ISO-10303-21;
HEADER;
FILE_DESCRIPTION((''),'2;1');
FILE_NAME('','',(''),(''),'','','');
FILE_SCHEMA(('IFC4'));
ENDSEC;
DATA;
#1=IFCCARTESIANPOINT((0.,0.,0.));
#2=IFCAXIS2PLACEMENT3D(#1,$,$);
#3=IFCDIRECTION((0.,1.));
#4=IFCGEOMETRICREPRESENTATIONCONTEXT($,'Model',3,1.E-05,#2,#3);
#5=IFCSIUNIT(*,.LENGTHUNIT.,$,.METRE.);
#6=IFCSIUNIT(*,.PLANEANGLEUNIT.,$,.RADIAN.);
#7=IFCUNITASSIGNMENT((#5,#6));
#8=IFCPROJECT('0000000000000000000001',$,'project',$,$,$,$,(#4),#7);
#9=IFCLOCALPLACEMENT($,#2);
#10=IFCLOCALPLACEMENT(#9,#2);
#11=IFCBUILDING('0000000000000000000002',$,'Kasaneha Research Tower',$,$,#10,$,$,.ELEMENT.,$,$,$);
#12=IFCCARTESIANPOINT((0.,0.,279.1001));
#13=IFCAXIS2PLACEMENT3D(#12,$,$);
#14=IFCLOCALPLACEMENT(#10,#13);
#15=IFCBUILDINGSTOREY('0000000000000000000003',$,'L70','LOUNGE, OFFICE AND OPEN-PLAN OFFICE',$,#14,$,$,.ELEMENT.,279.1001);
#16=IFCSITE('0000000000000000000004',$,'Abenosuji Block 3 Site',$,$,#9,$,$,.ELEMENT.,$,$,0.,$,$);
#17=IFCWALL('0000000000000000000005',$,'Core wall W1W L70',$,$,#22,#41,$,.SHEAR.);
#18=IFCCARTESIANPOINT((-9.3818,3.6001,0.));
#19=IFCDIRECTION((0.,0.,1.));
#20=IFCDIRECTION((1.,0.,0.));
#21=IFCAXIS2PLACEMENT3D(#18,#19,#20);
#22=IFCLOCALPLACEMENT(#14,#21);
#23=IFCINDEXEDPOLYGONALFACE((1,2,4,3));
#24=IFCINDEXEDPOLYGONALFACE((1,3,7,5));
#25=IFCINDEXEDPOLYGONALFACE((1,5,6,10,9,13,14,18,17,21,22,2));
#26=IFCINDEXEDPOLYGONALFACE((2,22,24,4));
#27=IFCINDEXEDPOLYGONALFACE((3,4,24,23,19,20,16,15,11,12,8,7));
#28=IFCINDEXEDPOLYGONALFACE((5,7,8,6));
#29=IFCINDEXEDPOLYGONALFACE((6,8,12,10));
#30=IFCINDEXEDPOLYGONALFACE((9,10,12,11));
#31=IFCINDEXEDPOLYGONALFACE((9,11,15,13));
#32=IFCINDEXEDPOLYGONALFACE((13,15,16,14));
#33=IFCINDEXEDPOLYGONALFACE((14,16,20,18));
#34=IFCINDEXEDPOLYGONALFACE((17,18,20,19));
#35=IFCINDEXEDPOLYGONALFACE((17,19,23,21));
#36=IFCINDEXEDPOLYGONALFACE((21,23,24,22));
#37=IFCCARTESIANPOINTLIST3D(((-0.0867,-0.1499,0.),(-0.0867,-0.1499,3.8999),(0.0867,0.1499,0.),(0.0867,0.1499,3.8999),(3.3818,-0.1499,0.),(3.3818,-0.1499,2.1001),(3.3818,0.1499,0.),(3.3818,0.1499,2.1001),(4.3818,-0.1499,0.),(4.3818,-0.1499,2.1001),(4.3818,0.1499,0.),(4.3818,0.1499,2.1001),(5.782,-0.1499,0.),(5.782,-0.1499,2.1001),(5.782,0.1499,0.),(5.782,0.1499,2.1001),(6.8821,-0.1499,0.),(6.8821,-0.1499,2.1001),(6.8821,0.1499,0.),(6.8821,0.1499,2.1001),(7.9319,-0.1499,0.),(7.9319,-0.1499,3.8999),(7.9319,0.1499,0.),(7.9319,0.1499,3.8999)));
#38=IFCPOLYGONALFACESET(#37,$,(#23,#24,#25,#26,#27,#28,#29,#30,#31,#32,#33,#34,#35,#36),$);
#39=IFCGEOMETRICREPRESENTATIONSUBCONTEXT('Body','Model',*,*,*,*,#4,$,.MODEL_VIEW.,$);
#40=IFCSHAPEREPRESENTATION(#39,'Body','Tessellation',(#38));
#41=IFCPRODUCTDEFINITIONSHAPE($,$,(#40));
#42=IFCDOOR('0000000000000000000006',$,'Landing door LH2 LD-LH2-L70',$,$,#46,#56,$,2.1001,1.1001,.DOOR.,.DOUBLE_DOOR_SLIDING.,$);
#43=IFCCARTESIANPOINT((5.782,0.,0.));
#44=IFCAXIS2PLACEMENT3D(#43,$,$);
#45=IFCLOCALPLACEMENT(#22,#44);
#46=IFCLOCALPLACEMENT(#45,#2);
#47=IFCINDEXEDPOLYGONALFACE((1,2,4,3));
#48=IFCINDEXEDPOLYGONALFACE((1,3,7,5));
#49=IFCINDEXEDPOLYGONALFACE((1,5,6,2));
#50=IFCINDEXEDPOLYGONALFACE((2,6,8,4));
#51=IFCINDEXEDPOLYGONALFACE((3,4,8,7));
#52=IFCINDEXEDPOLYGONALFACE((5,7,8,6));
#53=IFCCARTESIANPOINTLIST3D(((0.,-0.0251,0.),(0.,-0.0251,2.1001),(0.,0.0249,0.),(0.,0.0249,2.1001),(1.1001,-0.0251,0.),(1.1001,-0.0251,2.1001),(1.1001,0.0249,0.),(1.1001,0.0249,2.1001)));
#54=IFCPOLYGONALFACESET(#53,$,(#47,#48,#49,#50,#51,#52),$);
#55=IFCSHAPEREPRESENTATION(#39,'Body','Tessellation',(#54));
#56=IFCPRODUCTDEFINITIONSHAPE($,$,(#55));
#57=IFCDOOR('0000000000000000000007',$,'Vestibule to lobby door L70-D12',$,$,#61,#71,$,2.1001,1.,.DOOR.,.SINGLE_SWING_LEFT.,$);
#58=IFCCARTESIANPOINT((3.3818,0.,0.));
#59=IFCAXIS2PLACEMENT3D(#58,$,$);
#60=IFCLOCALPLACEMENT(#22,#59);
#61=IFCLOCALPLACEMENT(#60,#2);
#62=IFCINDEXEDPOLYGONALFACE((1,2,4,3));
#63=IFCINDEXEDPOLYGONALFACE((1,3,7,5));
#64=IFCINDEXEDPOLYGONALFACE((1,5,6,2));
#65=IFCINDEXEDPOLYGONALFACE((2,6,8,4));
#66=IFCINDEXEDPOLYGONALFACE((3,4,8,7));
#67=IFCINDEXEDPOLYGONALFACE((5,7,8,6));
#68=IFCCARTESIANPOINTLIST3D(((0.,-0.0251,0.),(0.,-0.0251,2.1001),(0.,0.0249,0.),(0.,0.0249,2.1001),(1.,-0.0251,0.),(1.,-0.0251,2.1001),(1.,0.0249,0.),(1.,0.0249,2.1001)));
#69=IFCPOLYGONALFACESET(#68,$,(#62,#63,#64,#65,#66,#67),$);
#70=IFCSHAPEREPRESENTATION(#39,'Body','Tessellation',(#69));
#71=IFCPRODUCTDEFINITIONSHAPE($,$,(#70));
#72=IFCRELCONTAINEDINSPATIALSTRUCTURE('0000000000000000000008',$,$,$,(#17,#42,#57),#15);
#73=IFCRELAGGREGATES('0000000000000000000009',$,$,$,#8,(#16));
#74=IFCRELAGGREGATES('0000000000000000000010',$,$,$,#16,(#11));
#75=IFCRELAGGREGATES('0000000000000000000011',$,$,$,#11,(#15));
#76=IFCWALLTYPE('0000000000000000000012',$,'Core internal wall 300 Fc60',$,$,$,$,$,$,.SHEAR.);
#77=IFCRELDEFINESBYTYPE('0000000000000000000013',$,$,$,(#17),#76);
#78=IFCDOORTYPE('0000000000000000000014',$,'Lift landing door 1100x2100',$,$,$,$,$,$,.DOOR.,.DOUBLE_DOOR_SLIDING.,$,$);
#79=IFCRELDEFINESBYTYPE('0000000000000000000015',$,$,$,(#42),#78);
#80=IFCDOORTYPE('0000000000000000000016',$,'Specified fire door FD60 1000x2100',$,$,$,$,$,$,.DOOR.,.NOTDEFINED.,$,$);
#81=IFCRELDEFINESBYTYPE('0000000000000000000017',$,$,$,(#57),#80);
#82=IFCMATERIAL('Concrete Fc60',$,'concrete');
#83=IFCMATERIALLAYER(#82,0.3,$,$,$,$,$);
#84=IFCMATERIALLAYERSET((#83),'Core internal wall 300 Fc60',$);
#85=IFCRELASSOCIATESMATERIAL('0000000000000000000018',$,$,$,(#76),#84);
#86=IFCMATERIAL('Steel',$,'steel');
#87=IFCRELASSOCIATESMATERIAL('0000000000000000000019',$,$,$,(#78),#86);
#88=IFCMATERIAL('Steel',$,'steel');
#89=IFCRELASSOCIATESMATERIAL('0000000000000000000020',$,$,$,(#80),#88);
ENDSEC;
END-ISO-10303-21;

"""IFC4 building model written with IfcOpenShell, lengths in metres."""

from ifc_helpers import new_model, si_unit, direction, frame, frame_2d, origin, place, context, subcontext, project, spatial, polyline, rectangle, outline, extrude, material, layer, layer_set, type_object, element, fill, save


model = new_model("IFC4")

# Units and contexts
model_context = context("Model", 3, precision=1e-05, world=origin(), true_north=direction((0.0, 1.0)))
body_context = subcontext(model_context, "Body", "Model", "MODEL_VIEW")
ifc_project = project(units=[si_unit("LENGTHUNIT", "METRE"), si_unit("PLANEANGLEUNIT", "RADIAN")], contexts=[model_context])

# Site, building, storey
site_placement = place(None, origin())
site = spatial("IfcSite", under=ifc_project, at=site_placement, Name="Abenosuji Block 3 Site", CompositionType="ELEMENT", RefElevation=0.0)
building_placement = place(site_placement, origin())
building = spatial("IfcBuilding", under=site, at=building_placement, Name="Kasaneha Research Tower", CompositionType="ELEMENT")
storey_placement = place(building_placement, frame((0.0, 0.0, 279.1001)))
storey = spatial("IfcBuildingStorey", under=building, at=storey_placement, Name="L70", Description="LOUNGE, OFFICE AND OPEN-PLAN OFFICE", CompositionType="ELEMENT", Elevation=279.1001)

# Wall, openings, doors
ifc_material_1 = material(Name="Concrete Fc60", Category="concrete")
ifc_layer_1 = layer(ifc_material_1, 0.3)
ifc_layer_set_1 = layer_set([ifc_layer_1], Name="Core internal wall 300 Fc60")
wall_type_1 = type_object("IfcWallType", Name="Core internal wall 300 Fc60", PredefinedType="SHEAR", material=ifc_layer_set_1)
wall_1_placement = place(storey_placement, frame((-9.3818, 3.6001, 0.0), z_axis=(0.0, 0.0, 1.0), x_axis=(1.0, 0.0, 0.0)))
wall_1 = element("IfcWall", 1, at=wall_1_placement, inside=storey, type_object=wall_type_1, Name="Core wall W1W L70", PredefinedType="SHEAR", context=body_context, shape_type="SweptSolid", body=[
    extrude(outline(polyline([(-0.0867, -0.1499), (3.3818, -0.1499), (4.3818, -0.1499), (5.782, -0.1499), (6.8821, -0.1499), (7.9319, -0.1499), (7.9319, 0.1499), (6.8821, 0.1499), (5.782, 0.1499), (4.3818, 0.1499), (3.3818, 0.1499), (0.0867, 0.1499), (-0.0867, -0.1499)])), origin(), (0.0, 0.0, 1.0), 3.8999),
])
opening_1_placement = place(wall_1_placement, frame((3.3818, 0.0, 0.0)))
opening_1 = element("IfcOpeningElement", 2, at=opening_1_placement, cuts=wall_1, PredefinedType="OPENING", context=body_context, shape_type="SweptSolid", body=[
    extrude(rectangle(XDim=1.0, YDim=2.1001, at=frame_2d((0.5, 1.05))), frame((0.0, 0.1602, 0.0), z_axis=(0.0, -1.0, 0.0), x_axis=(1.0, 0.0, 0.0)), (0.0, 0.0, 1.0), 0.3201),
])
opening_2_placement = place(wall_1_placement, frame((5.782, 0.0, 0.0)))
opening_2 = element("IfcOpeningElement", 3, at=opening_2_placement, cuts=wall_1, PredefinedType="OPENING", context=body_context, shape_type="SweptSolid", body=[
    extrude(rectangle(XDim=1.1001, YDim=2.1001, at=frame_2d((0.55, 1.05))), frame((0.0, 0.1602, 0.0), z_axis=(0.0, -1.0, 0.0), x_axis=(1.0, 0.0, 0.0)), (0.0, 0.0, 1.0), 0.3201),
])
ifc_material_2 = material(Name="Steel", Category="steel")
door_type_1 = type_object("IfcDoorType", Name="Lift landing door 1100x2100", OperationType="DOUBLE_DOOR_SLIDING", PredefinedType="DOOR", material=ifc_material_2)
door_1_placement = place(opening_2_placement, origin())
door_1 = element("IfcDoor", 4, at=door_1_placement, inside=storey, type_object=door_type_1, Name="Landing door LH2 LD-LH2-L70", OperationType="DOUBLE_DOOR_SLIDING", OverallHeight=2.1001, OverallWidth=1.1001, PredefinedType="DOOR", context=body_context, shape_type="SweptSolid", body=[
    extrude(rectangle(XDim=1.1001, YDim=2.1001, at=frame_2d((0.55, 1.05))), frame((0.0, 0.0249, 0.0), z_axis=(0.0, -1.0, 0.0), x_axis=(1.0, 0.0, 0.0)), (0.0, 0.0, 1.0), 0.05),
])
fill(opening_2, door_1)
ifc_material_3 = material(Name="Steel", Category="steel")
door_type_2 = type_object("IfcDoorType", Name="Specified fire door FD60 1000x2100", OperationType="NOTDEFINED", PredefinedType="DOOR", material=ifc_material_3)
door_2_placement = place(opening_1_placement, origin())
door_2 = element("IfcDoor", 5, at=door_2_placement, inside=storey, type_object=door_type_2, Name="Vestibule to lobby door L70-D12", OperationType="SINGLE_SWING_LEFT", OverallHeight=2.1001, OverallWidth=1.0, PredefinedType="DOOR", context=body_context, shape_type="SweptSolid", body=[
    extrude(rectangle(XDim=1.0, YDim=2.1001, at=frame_2d((0.5, 1.05))), frame((0.0, 0.0249, 0.0), z_axis=(0.0, -1.0, 0.0), x_axis=(1.0, 0.0, 0.0)), (0.0, 0.0, 1.0), 0.05),
])
fill(opening_1, door_2)

save(model, "model.ifc")
